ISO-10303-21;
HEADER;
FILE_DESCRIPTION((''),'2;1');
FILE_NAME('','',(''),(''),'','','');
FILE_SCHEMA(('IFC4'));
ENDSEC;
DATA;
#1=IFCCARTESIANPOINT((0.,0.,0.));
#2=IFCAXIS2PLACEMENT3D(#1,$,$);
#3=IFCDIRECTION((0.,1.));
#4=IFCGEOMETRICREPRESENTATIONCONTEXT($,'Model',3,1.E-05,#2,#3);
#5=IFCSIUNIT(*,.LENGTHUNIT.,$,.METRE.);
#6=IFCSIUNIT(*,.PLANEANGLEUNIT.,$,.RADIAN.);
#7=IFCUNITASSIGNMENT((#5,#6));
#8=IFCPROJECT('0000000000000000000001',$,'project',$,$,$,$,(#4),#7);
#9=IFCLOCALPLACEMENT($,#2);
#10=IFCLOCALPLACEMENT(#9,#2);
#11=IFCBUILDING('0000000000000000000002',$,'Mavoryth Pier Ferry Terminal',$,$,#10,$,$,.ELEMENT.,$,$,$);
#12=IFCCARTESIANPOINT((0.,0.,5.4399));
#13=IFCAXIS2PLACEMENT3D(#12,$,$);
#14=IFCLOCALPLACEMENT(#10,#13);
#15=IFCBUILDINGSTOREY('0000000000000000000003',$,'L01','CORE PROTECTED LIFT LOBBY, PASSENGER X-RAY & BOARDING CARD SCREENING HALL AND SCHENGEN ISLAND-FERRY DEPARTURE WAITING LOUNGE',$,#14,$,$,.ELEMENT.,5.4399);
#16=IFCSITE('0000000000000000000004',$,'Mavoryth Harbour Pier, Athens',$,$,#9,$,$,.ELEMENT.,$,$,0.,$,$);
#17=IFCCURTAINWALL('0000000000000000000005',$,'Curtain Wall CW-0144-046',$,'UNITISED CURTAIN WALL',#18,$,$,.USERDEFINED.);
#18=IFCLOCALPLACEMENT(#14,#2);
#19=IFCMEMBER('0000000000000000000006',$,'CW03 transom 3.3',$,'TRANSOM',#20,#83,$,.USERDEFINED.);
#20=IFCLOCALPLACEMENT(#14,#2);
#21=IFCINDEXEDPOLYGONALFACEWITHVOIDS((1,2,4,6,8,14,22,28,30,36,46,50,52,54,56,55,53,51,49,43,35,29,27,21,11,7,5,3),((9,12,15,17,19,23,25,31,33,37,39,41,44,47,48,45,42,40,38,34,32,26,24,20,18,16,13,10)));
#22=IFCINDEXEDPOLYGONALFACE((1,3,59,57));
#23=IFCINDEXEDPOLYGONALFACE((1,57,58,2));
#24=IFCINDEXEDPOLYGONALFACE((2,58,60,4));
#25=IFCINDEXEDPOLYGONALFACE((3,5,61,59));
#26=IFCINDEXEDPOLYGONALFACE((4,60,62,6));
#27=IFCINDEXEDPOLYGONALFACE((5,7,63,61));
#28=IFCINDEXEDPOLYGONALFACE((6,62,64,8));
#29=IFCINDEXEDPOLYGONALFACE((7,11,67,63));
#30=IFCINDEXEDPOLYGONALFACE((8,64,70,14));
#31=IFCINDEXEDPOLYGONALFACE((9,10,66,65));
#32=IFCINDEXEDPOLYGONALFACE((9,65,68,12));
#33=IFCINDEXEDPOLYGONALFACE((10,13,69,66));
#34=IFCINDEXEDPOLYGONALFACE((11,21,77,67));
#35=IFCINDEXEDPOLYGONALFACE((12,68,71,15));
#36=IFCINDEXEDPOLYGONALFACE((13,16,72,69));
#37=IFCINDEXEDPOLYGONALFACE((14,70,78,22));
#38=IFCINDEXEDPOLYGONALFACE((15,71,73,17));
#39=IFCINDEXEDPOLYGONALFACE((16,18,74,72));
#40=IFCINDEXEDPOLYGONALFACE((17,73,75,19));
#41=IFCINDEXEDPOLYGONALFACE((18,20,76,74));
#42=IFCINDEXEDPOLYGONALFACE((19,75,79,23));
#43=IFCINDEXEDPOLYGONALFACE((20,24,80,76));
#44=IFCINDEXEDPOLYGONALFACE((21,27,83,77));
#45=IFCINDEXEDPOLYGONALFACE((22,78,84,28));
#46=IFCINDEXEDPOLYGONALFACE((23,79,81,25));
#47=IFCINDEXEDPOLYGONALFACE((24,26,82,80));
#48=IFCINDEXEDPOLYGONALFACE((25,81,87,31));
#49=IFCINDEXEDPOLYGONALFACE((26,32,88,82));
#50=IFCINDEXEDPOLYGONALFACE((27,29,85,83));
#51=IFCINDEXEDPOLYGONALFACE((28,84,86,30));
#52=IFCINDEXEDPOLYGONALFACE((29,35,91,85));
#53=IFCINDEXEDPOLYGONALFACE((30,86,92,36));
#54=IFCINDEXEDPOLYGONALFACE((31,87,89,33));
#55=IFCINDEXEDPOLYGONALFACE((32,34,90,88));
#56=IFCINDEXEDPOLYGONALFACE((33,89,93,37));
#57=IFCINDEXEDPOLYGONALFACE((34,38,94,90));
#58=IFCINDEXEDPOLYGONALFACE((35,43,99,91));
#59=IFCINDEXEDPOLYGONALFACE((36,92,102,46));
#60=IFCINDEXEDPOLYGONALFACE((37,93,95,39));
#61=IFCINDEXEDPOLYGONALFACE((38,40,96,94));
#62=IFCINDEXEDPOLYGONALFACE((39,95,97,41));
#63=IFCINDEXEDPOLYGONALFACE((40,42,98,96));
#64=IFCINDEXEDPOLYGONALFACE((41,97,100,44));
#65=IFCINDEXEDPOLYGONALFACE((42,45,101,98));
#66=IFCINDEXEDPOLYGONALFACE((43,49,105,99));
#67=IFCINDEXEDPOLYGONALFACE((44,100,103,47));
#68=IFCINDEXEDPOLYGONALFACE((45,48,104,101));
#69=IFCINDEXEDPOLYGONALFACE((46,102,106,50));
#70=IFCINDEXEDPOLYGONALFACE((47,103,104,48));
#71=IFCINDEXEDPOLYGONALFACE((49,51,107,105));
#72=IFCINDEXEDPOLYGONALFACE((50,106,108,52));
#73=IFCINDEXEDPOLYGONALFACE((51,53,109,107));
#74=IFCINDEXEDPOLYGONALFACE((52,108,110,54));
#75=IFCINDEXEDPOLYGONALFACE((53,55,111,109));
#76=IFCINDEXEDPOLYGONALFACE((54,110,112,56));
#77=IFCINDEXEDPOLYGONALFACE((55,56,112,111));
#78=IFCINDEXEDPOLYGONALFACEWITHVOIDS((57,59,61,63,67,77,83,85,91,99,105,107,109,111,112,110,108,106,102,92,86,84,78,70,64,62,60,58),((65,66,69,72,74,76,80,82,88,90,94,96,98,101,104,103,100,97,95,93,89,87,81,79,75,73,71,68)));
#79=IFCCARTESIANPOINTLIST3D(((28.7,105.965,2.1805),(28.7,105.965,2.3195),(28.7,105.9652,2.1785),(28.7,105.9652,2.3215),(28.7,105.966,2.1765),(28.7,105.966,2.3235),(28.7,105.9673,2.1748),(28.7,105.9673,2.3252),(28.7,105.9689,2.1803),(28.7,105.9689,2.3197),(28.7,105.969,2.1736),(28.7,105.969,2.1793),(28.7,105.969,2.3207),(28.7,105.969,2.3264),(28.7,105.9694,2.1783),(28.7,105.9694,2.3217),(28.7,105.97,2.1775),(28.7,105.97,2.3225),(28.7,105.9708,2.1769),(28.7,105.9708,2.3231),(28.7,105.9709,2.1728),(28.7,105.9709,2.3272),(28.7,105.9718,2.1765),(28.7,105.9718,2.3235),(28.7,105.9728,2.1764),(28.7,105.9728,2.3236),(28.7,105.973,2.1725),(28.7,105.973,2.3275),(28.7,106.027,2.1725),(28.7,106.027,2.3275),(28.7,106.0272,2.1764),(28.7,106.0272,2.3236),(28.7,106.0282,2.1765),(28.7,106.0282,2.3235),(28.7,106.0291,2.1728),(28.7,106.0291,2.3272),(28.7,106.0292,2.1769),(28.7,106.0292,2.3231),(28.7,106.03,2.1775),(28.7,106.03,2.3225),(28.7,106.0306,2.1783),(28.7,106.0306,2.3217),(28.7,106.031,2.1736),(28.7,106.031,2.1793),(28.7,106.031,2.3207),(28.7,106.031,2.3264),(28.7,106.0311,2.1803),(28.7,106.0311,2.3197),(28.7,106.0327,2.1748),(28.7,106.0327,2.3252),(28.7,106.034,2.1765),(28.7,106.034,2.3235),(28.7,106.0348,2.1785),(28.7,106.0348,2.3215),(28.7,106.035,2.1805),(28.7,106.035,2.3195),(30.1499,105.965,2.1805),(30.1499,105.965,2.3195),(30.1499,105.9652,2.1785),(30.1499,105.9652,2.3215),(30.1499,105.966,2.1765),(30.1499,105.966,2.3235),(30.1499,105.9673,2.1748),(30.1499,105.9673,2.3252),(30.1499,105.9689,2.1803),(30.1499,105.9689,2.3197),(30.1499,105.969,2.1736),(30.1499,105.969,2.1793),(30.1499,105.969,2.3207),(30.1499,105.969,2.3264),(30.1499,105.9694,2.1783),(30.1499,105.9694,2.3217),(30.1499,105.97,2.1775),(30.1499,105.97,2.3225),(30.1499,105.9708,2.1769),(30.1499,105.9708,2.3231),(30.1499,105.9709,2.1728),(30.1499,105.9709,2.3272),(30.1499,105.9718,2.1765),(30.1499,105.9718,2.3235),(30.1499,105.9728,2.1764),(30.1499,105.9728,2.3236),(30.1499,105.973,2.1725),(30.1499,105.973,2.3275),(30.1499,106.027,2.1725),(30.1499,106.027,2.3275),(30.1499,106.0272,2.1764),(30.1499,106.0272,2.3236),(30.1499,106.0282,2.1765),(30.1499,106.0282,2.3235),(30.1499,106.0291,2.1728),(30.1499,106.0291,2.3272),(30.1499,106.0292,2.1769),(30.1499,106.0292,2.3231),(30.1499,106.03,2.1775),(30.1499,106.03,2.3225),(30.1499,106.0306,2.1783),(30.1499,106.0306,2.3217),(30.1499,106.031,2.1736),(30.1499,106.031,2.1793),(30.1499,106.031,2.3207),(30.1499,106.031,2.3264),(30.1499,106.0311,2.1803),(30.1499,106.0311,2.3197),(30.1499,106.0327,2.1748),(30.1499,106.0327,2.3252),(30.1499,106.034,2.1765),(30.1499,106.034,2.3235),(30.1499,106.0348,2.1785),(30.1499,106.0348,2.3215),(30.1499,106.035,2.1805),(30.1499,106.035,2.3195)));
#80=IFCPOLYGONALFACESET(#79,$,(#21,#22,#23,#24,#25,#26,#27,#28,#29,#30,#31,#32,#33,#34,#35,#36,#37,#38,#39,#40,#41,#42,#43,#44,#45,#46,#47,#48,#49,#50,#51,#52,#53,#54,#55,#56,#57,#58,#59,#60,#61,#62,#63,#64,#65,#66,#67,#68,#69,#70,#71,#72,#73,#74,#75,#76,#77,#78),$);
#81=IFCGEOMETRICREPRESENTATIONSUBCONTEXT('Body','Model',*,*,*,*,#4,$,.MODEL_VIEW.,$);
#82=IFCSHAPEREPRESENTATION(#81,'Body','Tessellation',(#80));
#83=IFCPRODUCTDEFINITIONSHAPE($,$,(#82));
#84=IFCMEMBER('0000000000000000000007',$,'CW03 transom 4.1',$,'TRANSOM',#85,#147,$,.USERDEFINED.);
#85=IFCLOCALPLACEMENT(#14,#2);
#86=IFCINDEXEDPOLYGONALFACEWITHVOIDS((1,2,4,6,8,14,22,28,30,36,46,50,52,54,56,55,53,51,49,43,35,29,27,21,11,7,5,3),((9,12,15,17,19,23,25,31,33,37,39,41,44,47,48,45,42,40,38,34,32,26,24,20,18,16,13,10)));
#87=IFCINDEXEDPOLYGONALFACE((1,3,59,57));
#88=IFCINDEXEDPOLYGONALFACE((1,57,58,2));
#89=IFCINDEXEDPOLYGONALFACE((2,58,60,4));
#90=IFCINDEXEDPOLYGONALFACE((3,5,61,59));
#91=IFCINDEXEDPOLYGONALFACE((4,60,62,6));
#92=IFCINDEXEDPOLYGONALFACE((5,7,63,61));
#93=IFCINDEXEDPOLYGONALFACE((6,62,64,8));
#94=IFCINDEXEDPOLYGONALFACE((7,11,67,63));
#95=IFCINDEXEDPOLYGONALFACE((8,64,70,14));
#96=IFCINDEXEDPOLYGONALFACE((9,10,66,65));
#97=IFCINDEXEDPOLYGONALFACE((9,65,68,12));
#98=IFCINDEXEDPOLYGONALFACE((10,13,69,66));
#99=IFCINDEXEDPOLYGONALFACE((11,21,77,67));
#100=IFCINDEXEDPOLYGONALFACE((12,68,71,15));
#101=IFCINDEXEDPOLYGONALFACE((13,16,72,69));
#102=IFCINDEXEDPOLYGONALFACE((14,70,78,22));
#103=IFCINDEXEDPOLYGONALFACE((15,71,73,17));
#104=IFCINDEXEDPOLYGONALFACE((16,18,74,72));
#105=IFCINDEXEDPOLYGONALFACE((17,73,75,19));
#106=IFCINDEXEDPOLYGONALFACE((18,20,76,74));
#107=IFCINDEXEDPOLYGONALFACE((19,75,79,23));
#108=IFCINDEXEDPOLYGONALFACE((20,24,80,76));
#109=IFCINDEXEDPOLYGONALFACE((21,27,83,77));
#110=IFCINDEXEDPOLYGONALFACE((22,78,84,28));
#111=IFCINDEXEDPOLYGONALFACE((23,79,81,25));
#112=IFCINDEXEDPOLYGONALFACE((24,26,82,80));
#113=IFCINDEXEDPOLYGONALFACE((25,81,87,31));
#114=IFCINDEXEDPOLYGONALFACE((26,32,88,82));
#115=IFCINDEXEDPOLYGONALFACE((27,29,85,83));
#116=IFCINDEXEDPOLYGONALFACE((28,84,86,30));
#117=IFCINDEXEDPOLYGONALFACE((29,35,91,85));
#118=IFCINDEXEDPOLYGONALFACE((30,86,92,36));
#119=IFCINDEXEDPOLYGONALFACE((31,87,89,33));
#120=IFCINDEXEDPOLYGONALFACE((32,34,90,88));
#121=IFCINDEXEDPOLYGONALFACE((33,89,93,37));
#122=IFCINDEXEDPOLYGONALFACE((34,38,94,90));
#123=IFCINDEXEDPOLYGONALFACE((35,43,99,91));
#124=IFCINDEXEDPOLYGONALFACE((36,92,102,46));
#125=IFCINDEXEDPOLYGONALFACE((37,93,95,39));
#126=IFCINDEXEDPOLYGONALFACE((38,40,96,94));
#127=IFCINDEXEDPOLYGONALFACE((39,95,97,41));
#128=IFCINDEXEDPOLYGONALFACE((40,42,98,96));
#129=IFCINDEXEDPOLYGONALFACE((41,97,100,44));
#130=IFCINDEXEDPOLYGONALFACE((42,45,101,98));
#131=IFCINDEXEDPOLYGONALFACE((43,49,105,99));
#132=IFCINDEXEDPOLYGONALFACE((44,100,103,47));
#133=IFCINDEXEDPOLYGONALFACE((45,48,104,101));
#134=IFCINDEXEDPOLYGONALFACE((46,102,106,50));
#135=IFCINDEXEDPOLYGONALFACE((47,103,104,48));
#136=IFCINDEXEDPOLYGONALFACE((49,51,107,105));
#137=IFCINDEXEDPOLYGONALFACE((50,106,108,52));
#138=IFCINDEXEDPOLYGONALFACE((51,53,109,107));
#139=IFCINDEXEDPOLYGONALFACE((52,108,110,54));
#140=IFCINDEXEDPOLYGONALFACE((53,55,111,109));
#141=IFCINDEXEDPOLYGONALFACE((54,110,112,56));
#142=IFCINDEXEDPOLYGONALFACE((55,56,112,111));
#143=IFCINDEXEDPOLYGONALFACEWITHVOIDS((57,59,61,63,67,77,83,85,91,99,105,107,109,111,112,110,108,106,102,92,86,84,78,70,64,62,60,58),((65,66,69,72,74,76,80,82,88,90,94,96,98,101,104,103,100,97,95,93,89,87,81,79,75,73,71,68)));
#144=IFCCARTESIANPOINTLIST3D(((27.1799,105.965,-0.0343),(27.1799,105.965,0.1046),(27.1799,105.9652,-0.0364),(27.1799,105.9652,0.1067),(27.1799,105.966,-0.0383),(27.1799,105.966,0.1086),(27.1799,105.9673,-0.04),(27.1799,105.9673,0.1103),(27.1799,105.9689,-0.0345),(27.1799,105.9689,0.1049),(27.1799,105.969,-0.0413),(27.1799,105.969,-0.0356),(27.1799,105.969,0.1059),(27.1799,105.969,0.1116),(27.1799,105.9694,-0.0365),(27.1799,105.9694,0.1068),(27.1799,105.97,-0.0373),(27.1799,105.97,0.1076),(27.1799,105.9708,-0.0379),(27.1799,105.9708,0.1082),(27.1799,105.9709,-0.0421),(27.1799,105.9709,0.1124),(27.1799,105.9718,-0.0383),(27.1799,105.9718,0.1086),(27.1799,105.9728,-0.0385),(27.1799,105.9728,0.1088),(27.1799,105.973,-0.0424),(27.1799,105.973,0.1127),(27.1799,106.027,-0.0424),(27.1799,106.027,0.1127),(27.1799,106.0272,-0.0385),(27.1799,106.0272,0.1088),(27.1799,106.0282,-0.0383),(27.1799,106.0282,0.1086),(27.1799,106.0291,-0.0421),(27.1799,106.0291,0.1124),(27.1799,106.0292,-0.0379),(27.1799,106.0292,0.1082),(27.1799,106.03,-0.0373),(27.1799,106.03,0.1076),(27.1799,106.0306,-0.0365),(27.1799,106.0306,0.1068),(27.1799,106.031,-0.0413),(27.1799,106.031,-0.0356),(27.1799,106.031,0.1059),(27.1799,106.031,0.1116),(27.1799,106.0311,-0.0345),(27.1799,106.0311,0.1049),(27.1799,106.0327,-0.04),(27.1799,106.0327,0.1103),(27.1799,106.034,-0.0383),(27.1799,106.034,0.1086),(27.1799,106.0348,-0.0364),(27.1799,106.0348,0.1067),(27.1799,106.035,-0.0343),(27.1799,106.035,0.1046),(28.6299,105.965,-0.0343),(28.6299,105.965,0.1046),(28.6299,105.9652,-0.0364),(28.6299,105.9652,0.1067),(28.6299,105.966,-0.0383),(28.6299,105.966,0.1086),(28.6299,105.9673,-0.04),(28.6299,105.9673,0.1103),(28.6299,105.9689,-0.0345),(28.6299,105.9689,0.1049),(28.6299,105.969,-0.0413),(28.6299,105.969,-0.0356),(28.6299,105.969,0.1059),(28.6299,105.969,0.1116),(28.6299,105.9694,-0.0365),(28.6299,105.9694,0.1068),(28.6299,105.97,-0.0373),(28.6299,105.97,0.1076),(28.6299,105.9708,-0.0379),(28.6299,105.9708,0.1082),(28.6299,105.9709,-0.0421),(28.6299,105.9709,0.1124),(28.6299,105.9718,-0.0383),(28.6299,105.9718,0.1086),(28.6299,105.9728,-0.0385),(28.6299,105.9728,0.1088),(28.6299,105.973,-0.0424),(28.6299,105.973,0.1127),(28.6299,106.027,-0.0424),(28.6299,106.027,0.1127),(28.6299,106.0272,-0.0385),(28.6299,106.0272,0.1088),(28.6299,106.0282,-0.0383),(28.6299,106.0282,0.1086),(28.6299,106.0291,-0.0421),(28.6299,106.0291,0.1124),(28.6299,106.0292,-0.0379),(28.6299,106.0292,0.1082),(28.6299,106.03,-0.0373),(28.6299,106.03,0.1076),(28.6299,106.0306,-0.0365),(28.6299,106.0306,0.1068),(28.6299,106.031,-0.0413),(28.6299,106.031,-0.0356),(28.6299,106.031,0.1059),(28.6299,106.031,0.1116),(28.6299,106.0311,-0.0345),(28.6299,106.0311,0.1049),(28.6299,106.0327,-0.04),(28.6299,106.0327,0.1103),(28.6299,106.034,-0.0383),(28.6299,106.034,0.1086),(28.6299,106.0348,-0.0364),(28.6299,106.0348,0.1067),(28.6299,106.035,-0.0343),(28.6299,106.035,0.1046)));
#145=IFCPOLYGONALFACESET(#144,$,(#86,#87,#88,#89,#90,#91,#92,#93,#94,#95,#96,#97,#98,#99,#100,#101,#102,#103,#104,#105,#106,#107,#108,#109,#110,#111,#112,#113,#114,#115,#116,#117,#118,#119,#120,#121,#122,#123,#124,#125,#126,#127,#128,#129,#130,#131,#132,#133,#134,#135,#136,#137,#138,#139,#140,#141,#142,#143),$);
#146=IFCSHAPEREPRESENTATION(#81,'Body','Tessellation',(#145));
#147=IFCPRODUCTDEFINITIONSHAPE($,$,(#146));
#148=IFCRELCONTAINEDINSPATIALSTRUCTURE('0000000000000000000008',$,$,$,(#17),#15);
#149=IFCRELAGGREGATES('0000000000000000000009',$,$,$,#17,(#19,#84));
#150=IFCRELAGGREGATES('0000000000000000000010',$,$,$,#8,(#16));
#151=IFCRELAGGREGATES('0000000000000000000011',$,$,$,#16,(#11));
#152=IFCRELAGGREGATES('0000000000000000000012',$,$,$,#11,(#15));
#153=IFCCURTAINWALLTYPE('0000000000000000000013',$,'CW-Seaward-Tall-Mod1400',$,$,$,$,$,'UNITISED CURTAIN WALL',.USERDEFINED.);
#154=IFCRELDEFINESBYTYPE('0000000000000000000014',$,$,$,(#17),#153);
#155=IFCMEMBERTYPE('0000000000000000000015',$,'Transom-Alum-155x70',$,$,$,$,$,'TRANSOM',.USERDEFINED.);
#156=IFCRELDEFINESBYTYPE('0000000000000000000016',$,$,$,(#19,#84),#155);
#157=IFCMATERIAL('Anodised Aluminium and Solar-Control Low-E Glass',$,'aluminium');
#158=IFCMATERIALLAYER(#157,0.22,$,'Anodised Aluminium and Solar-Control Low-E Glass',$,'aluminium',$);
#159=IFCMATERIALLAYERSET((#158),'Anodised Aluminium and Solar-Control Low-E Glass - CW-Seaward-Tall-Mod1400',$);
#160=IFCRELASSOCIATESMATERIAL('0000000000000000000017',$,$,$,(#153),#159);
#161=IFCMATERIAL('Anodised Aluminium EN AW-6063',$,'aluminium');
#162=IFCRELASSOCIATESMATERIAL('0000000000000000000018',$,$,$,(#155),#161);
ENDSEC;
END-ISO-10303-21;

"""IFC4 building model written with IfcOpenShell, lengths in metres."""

from ifc_helpers import new_model, si_unit, direction, frame, origin, origin_2d, place, context, subcontext, project, spatial, hollow_rectangle, extrude, material, layer, layer_set, material_profile, profile_set, type_object, element, aggregate, save


model = new_model("IFC4")

# Units and contexts
model_context = context("Model", 3, precision=1e-05, world=origin(), true_north=direction((0.0, 1.0)))
body_context = subcontext(model_context, "Body", "Model", "MODEL_VIEW")
ifc_project = project(units=[si_unit("LENGTHUNIT", "METRE"), si_unit("PLANEANGLEUNIT", "RADIAN")], contexts=[model_context])

# Site, building, storey
site_placement = place(None, origin())
site = spatial("IfcSite", under=ifc_project, at=site_placement, Name="Mavoryth Harbour Pier, Athens", CompositionType="ELEMENT", RefElevation=0.0)
building_placement = place(site_placement, origin())
building = spatial("IfcBuilding", under=site, at=building_placement, Name="Mavoryth Pier Ferry Terminal", CompositionType="ELEMENT")
storey_placement = place(building_placement, frame((0.0, 0.0, 5.4399)))
storey = spatial("IfcBuildingStorey", under=building, at=storey_placement, Name="L01", Description="CORE PROTECTED LIFT LOBBY, PASSENGER X-RAY & BOARDING CARD SCREENING HALL AND SCHENGEN ISLAND-FERRY DEPARTURE WAITING LOUNGE", CompositionType="ELEMENT", Elevation=5.4399)

# Curtain wall
ifc_material_1 = material(Name="Anodised Aluminium and Solar-Control Low-E Glass", Category="aluminium")
ifc_layer_1 = layer(ifc_material_1, 0.22, Name="Anodised Aluminium and Solar-Control Low-E Glass", Category="aluminium")
ifc_layer_set_1 = layer_set([ifc_layer_1], Name="Anodised Aluminium and Solar-Control Low-E Glass - CW-Seaward-Tall-Mod1400")
curtain_wall_type = type_object("IfcCurtainWallType", Name="CW-Seaward-Tall-Mod1400", ElementType="UNITISED CURTAIN WALL", PredefinedType="USERDEFINED", material=ifc_layer_set_1)
ifc_material_2 = material(Name="Anodised Aluminium EN AW-6063", Category="aluminium")
curtain_wall_1_placement = place(storey_placement, origin())
curtain_wall_1 = element("IfcCurtainWall", 1, at=curtain_wall_1_placement, inside=storey, type_object=curtain_wall_type, Name="Curtain Wall CW-0144-046", ObjectType="UNITISED CURTAIN WALL", PredefinedType="USERDEFINED")

# Members
ifc_material_profile_1 = material_profile(ifc_material_2, hollow_rectangle(XDim=0.0701, YDim=0.155, WallThickness=0.0039, InnerFilletRadius=0.0039, OuterFilletRadius=0.0081, at=origin_2d()), Name="AL-TRAN 155x70x4", Category="aluminium")
ifc_profile_set_1 = profile_set([ifc_material_profile_1], Name="Anodised Aluminium EN AW-6063 - AL-TRAN 155x70x4")
member_type_1 = type_object("IfcMemberType", Name="Transom-Alum-155x70", ElementType="TRANSOM", PredefinedType="USERDEFINED", material=ifc_profile_set_1)
member_1_placement = place(storey_placement, frame((30.1499, 106.0, 2.25), z_axis=(-1.0, 0.0, 0.0), x_axis=(0.0, -1.0, 0.0)))
member_1 = element("IfcMember", 2, at=member_1_placement, type_object=member_type_1, Name="CW03 transom 3.3", ObjectType="TRANSOM", PredefinedType="USERDEFINED", context=body_context, shape_type="SweptSolid", body=[
    extrude(hollow_rectangle(XDim=0.0701, YDim=0.155, WallThickness=0.0039, InnerFilletRadius=0.0039, OuterFilletRadius=0.0081, at=origin_2d()), origin(), (0.0, 0.0, 1.0), 1.45),
])
member_2_placement = place(storey_placement, frame((28.6299, 106.0, 0.0352), z_axis=(-1.0, 0.0, 0.0), x_axis=(0.0, -1.0, 0.0)))
member_2 = element("IfcMember", 3, at=member_2_placement, type_object=member_type_1, Name="CW03 transom 4.1", ObjectType="TRANSOM", PredefinedType="USERDEFINED", context=body_context, shape_type="SweptSolid", body=[
    extrude(hollow_rectangle(XDim=0.0701, YDim=0.155, WallThickness=0.0039, InnerFilletRadius=0.0039, OuterFilletRadius=0.0081, at=origin_2d()), origin(), (0.0, 0.0, 1.0), 1.45),
])

aggregate(curtain_wall_1, [member_1, member_2])

save(model, "model.ifc")
